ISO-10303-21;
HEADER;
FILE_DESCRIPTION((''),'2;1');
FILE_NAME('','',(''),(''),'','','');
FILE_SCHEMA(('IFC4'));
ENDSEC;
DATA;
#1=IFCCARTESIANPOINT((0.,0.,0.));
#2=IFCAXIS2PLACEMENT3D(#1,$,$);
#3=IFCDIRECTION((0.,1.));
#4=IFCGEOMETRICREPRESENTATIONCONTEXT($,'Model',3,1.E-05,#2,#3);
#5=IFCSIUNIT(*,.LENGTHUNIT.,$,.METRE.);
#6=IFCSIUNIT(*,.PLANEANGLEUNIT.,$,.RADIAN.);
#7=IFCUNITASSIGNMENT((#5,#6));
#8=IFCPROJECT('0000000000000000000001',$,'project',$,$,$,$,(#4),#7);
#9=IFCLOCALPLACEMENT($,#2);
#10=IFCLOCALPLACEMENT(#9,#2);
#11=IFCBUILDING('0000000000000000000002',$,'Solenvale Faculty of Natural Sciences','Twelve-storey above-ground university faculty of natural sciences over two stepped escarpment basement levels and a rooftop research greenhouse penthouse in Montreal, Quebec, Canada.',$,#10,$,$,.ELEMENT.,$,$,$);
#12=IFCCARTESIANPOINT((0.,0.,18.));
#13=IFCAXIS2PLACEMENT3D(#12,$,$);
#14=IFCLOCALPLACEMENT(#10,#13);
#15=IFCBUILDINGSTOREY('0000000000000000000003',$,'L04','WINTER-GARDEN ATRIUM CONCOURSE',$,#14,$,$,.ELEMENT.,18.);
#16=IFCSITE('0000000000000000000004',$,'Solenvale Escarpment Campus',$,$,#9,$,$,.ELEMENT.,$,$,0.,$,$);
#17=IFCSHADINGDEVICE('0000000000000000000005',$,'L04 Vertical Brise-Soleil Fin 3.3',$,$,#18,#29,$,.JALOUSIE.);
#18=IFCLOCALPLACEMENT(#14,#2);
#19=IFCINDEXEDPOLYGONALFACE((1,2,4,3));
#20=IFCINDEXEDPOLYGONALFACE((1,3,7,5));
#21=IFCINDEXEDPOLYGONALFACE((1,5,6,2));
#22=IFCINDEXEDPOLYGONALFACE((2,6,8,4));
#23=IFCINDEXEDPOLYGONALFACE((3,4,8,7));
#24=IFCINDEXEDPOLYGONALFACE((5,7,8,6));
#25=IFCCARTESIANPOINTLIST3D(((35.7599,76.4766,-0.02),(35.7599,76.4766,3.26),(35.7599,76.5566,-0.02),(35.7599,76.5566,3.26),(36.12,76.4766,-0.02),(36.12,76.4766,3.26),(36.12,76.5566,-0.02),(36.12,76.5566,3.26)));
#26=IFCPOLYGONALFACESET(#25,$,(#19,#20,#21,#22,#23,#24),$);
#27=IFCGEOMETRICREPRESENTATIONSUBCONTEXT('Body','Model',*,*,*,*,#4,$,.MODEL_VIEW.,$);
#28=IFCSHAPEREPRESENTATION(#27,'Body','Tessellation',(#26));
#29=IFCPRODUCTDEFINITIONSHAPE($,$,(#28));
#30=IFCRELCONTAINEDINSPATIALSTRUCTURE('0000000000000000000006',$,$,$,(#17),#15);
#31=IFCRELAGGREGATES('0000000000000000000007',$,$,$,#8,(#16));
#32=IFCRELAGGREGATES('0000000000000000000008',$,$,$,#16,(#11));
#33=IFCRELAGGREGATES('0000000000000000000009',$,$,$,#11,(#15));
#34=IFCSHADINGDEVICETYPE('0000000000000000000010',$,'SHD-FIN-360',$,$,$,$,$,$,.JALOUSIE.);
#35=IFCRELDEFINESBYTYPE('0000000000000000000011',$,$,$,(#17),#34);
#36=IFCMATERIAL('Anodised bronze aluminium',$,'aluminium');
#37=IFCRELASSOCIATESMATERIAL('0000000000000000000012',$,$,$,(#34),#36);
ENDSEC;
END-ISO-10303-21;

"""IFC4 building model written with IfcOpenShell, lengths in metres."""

from ifc_helpers import new_model, si_unit, direction, frame, origin, origin_2d, place, context, subcontext, project, spatial, rectangle, extrude, material, material_profile, profile_set, type_object, element, save


model = new_model("IFC4")

# Units and contexts
model_context = context("Model", 3, precision=1e-05, world=origin(), true_north=direction((0.0, 1.0)))
body_context = subcontext(model_context, "Body", "Model", "MODEL_VIEW")
ifc_project = project(units=[si_unit("LENGTHUNIT", "METRE"), si_unit("PLANEANGLEUNIT", "RADIAN")], contexts=[model_context])

# Site, building, storey
site_placement = place(None, origin())
site = spatial("IfcSite", under=ifc_project, at=site_placement, Name="Solenvale Escarpment Campus", CompositionType="ELEMENT", RefElevation=0.0)
building_placement = place(site_placement, origin())
building = spatial("IfcBuilding", under=site, at=building_placement, Name="Solenvale Faculty of Natural Sciences", Description="Twelve-storey above-ground university faculty of natural sciences over two stepped escarpment basement levels and a rooftop research greenhouse penthouse in Montreal, Quebec, Canada.", CompositionType="ELEMENT")
storey_placement = place(building_placement, frame((0.0, 0.0, 18.0)))
storey = spatial("IfcBuildingStorey", under=building, at=storey_placement, Name="L04", Description="WINTER-GARDEN ATRIUM CONCOURSE", CompositionType="ELEMENT", Elevation=18.0)

# Shared definitions
ifc_material_1 = material(Name="Anodised bronze aluminium", Category="aluminium")

# Shading device
ifc_material_profile_1 = material_profile(ifc_material_1, rectangle(XDim=0.0801, YDim=0.3601, at=origin_2d()), Name="ALU-FIN-80x360")
ifc_profile_set_1 = profile_set([ifc_material_profile_1], Name="Anodised bronze aluminium")
shading_device_type = type_object("IfcShadingDeviceType", Name="SHD-FIN-360", PredefinedType="JALOUSIE", material=ifc_profile_set_1)
shading_device_placement = place(storey_placement, frame((35.9399, 76.5166, -0.02), z_axis=(0.0, 0.0, 1.0), x_axis=(0.0, 1.0, 0.0)))
element("IfcShadingDevice", 1, at=shading_device_placement, inside=storey, type_object=shading_device_type, Name="L04 Vertical Brise-Soleil Fin 3.3", PredefinedType="JALOUSIE", context=body_context, shape_type="SweptSolid", body=[
    extrude(rectangle(XDim=0.0801, YDim=0.3601, at=origin_2d()), origin(), (0.0, 0.0, 1.0), 3.28),
])

save(model, "model.ifc")
